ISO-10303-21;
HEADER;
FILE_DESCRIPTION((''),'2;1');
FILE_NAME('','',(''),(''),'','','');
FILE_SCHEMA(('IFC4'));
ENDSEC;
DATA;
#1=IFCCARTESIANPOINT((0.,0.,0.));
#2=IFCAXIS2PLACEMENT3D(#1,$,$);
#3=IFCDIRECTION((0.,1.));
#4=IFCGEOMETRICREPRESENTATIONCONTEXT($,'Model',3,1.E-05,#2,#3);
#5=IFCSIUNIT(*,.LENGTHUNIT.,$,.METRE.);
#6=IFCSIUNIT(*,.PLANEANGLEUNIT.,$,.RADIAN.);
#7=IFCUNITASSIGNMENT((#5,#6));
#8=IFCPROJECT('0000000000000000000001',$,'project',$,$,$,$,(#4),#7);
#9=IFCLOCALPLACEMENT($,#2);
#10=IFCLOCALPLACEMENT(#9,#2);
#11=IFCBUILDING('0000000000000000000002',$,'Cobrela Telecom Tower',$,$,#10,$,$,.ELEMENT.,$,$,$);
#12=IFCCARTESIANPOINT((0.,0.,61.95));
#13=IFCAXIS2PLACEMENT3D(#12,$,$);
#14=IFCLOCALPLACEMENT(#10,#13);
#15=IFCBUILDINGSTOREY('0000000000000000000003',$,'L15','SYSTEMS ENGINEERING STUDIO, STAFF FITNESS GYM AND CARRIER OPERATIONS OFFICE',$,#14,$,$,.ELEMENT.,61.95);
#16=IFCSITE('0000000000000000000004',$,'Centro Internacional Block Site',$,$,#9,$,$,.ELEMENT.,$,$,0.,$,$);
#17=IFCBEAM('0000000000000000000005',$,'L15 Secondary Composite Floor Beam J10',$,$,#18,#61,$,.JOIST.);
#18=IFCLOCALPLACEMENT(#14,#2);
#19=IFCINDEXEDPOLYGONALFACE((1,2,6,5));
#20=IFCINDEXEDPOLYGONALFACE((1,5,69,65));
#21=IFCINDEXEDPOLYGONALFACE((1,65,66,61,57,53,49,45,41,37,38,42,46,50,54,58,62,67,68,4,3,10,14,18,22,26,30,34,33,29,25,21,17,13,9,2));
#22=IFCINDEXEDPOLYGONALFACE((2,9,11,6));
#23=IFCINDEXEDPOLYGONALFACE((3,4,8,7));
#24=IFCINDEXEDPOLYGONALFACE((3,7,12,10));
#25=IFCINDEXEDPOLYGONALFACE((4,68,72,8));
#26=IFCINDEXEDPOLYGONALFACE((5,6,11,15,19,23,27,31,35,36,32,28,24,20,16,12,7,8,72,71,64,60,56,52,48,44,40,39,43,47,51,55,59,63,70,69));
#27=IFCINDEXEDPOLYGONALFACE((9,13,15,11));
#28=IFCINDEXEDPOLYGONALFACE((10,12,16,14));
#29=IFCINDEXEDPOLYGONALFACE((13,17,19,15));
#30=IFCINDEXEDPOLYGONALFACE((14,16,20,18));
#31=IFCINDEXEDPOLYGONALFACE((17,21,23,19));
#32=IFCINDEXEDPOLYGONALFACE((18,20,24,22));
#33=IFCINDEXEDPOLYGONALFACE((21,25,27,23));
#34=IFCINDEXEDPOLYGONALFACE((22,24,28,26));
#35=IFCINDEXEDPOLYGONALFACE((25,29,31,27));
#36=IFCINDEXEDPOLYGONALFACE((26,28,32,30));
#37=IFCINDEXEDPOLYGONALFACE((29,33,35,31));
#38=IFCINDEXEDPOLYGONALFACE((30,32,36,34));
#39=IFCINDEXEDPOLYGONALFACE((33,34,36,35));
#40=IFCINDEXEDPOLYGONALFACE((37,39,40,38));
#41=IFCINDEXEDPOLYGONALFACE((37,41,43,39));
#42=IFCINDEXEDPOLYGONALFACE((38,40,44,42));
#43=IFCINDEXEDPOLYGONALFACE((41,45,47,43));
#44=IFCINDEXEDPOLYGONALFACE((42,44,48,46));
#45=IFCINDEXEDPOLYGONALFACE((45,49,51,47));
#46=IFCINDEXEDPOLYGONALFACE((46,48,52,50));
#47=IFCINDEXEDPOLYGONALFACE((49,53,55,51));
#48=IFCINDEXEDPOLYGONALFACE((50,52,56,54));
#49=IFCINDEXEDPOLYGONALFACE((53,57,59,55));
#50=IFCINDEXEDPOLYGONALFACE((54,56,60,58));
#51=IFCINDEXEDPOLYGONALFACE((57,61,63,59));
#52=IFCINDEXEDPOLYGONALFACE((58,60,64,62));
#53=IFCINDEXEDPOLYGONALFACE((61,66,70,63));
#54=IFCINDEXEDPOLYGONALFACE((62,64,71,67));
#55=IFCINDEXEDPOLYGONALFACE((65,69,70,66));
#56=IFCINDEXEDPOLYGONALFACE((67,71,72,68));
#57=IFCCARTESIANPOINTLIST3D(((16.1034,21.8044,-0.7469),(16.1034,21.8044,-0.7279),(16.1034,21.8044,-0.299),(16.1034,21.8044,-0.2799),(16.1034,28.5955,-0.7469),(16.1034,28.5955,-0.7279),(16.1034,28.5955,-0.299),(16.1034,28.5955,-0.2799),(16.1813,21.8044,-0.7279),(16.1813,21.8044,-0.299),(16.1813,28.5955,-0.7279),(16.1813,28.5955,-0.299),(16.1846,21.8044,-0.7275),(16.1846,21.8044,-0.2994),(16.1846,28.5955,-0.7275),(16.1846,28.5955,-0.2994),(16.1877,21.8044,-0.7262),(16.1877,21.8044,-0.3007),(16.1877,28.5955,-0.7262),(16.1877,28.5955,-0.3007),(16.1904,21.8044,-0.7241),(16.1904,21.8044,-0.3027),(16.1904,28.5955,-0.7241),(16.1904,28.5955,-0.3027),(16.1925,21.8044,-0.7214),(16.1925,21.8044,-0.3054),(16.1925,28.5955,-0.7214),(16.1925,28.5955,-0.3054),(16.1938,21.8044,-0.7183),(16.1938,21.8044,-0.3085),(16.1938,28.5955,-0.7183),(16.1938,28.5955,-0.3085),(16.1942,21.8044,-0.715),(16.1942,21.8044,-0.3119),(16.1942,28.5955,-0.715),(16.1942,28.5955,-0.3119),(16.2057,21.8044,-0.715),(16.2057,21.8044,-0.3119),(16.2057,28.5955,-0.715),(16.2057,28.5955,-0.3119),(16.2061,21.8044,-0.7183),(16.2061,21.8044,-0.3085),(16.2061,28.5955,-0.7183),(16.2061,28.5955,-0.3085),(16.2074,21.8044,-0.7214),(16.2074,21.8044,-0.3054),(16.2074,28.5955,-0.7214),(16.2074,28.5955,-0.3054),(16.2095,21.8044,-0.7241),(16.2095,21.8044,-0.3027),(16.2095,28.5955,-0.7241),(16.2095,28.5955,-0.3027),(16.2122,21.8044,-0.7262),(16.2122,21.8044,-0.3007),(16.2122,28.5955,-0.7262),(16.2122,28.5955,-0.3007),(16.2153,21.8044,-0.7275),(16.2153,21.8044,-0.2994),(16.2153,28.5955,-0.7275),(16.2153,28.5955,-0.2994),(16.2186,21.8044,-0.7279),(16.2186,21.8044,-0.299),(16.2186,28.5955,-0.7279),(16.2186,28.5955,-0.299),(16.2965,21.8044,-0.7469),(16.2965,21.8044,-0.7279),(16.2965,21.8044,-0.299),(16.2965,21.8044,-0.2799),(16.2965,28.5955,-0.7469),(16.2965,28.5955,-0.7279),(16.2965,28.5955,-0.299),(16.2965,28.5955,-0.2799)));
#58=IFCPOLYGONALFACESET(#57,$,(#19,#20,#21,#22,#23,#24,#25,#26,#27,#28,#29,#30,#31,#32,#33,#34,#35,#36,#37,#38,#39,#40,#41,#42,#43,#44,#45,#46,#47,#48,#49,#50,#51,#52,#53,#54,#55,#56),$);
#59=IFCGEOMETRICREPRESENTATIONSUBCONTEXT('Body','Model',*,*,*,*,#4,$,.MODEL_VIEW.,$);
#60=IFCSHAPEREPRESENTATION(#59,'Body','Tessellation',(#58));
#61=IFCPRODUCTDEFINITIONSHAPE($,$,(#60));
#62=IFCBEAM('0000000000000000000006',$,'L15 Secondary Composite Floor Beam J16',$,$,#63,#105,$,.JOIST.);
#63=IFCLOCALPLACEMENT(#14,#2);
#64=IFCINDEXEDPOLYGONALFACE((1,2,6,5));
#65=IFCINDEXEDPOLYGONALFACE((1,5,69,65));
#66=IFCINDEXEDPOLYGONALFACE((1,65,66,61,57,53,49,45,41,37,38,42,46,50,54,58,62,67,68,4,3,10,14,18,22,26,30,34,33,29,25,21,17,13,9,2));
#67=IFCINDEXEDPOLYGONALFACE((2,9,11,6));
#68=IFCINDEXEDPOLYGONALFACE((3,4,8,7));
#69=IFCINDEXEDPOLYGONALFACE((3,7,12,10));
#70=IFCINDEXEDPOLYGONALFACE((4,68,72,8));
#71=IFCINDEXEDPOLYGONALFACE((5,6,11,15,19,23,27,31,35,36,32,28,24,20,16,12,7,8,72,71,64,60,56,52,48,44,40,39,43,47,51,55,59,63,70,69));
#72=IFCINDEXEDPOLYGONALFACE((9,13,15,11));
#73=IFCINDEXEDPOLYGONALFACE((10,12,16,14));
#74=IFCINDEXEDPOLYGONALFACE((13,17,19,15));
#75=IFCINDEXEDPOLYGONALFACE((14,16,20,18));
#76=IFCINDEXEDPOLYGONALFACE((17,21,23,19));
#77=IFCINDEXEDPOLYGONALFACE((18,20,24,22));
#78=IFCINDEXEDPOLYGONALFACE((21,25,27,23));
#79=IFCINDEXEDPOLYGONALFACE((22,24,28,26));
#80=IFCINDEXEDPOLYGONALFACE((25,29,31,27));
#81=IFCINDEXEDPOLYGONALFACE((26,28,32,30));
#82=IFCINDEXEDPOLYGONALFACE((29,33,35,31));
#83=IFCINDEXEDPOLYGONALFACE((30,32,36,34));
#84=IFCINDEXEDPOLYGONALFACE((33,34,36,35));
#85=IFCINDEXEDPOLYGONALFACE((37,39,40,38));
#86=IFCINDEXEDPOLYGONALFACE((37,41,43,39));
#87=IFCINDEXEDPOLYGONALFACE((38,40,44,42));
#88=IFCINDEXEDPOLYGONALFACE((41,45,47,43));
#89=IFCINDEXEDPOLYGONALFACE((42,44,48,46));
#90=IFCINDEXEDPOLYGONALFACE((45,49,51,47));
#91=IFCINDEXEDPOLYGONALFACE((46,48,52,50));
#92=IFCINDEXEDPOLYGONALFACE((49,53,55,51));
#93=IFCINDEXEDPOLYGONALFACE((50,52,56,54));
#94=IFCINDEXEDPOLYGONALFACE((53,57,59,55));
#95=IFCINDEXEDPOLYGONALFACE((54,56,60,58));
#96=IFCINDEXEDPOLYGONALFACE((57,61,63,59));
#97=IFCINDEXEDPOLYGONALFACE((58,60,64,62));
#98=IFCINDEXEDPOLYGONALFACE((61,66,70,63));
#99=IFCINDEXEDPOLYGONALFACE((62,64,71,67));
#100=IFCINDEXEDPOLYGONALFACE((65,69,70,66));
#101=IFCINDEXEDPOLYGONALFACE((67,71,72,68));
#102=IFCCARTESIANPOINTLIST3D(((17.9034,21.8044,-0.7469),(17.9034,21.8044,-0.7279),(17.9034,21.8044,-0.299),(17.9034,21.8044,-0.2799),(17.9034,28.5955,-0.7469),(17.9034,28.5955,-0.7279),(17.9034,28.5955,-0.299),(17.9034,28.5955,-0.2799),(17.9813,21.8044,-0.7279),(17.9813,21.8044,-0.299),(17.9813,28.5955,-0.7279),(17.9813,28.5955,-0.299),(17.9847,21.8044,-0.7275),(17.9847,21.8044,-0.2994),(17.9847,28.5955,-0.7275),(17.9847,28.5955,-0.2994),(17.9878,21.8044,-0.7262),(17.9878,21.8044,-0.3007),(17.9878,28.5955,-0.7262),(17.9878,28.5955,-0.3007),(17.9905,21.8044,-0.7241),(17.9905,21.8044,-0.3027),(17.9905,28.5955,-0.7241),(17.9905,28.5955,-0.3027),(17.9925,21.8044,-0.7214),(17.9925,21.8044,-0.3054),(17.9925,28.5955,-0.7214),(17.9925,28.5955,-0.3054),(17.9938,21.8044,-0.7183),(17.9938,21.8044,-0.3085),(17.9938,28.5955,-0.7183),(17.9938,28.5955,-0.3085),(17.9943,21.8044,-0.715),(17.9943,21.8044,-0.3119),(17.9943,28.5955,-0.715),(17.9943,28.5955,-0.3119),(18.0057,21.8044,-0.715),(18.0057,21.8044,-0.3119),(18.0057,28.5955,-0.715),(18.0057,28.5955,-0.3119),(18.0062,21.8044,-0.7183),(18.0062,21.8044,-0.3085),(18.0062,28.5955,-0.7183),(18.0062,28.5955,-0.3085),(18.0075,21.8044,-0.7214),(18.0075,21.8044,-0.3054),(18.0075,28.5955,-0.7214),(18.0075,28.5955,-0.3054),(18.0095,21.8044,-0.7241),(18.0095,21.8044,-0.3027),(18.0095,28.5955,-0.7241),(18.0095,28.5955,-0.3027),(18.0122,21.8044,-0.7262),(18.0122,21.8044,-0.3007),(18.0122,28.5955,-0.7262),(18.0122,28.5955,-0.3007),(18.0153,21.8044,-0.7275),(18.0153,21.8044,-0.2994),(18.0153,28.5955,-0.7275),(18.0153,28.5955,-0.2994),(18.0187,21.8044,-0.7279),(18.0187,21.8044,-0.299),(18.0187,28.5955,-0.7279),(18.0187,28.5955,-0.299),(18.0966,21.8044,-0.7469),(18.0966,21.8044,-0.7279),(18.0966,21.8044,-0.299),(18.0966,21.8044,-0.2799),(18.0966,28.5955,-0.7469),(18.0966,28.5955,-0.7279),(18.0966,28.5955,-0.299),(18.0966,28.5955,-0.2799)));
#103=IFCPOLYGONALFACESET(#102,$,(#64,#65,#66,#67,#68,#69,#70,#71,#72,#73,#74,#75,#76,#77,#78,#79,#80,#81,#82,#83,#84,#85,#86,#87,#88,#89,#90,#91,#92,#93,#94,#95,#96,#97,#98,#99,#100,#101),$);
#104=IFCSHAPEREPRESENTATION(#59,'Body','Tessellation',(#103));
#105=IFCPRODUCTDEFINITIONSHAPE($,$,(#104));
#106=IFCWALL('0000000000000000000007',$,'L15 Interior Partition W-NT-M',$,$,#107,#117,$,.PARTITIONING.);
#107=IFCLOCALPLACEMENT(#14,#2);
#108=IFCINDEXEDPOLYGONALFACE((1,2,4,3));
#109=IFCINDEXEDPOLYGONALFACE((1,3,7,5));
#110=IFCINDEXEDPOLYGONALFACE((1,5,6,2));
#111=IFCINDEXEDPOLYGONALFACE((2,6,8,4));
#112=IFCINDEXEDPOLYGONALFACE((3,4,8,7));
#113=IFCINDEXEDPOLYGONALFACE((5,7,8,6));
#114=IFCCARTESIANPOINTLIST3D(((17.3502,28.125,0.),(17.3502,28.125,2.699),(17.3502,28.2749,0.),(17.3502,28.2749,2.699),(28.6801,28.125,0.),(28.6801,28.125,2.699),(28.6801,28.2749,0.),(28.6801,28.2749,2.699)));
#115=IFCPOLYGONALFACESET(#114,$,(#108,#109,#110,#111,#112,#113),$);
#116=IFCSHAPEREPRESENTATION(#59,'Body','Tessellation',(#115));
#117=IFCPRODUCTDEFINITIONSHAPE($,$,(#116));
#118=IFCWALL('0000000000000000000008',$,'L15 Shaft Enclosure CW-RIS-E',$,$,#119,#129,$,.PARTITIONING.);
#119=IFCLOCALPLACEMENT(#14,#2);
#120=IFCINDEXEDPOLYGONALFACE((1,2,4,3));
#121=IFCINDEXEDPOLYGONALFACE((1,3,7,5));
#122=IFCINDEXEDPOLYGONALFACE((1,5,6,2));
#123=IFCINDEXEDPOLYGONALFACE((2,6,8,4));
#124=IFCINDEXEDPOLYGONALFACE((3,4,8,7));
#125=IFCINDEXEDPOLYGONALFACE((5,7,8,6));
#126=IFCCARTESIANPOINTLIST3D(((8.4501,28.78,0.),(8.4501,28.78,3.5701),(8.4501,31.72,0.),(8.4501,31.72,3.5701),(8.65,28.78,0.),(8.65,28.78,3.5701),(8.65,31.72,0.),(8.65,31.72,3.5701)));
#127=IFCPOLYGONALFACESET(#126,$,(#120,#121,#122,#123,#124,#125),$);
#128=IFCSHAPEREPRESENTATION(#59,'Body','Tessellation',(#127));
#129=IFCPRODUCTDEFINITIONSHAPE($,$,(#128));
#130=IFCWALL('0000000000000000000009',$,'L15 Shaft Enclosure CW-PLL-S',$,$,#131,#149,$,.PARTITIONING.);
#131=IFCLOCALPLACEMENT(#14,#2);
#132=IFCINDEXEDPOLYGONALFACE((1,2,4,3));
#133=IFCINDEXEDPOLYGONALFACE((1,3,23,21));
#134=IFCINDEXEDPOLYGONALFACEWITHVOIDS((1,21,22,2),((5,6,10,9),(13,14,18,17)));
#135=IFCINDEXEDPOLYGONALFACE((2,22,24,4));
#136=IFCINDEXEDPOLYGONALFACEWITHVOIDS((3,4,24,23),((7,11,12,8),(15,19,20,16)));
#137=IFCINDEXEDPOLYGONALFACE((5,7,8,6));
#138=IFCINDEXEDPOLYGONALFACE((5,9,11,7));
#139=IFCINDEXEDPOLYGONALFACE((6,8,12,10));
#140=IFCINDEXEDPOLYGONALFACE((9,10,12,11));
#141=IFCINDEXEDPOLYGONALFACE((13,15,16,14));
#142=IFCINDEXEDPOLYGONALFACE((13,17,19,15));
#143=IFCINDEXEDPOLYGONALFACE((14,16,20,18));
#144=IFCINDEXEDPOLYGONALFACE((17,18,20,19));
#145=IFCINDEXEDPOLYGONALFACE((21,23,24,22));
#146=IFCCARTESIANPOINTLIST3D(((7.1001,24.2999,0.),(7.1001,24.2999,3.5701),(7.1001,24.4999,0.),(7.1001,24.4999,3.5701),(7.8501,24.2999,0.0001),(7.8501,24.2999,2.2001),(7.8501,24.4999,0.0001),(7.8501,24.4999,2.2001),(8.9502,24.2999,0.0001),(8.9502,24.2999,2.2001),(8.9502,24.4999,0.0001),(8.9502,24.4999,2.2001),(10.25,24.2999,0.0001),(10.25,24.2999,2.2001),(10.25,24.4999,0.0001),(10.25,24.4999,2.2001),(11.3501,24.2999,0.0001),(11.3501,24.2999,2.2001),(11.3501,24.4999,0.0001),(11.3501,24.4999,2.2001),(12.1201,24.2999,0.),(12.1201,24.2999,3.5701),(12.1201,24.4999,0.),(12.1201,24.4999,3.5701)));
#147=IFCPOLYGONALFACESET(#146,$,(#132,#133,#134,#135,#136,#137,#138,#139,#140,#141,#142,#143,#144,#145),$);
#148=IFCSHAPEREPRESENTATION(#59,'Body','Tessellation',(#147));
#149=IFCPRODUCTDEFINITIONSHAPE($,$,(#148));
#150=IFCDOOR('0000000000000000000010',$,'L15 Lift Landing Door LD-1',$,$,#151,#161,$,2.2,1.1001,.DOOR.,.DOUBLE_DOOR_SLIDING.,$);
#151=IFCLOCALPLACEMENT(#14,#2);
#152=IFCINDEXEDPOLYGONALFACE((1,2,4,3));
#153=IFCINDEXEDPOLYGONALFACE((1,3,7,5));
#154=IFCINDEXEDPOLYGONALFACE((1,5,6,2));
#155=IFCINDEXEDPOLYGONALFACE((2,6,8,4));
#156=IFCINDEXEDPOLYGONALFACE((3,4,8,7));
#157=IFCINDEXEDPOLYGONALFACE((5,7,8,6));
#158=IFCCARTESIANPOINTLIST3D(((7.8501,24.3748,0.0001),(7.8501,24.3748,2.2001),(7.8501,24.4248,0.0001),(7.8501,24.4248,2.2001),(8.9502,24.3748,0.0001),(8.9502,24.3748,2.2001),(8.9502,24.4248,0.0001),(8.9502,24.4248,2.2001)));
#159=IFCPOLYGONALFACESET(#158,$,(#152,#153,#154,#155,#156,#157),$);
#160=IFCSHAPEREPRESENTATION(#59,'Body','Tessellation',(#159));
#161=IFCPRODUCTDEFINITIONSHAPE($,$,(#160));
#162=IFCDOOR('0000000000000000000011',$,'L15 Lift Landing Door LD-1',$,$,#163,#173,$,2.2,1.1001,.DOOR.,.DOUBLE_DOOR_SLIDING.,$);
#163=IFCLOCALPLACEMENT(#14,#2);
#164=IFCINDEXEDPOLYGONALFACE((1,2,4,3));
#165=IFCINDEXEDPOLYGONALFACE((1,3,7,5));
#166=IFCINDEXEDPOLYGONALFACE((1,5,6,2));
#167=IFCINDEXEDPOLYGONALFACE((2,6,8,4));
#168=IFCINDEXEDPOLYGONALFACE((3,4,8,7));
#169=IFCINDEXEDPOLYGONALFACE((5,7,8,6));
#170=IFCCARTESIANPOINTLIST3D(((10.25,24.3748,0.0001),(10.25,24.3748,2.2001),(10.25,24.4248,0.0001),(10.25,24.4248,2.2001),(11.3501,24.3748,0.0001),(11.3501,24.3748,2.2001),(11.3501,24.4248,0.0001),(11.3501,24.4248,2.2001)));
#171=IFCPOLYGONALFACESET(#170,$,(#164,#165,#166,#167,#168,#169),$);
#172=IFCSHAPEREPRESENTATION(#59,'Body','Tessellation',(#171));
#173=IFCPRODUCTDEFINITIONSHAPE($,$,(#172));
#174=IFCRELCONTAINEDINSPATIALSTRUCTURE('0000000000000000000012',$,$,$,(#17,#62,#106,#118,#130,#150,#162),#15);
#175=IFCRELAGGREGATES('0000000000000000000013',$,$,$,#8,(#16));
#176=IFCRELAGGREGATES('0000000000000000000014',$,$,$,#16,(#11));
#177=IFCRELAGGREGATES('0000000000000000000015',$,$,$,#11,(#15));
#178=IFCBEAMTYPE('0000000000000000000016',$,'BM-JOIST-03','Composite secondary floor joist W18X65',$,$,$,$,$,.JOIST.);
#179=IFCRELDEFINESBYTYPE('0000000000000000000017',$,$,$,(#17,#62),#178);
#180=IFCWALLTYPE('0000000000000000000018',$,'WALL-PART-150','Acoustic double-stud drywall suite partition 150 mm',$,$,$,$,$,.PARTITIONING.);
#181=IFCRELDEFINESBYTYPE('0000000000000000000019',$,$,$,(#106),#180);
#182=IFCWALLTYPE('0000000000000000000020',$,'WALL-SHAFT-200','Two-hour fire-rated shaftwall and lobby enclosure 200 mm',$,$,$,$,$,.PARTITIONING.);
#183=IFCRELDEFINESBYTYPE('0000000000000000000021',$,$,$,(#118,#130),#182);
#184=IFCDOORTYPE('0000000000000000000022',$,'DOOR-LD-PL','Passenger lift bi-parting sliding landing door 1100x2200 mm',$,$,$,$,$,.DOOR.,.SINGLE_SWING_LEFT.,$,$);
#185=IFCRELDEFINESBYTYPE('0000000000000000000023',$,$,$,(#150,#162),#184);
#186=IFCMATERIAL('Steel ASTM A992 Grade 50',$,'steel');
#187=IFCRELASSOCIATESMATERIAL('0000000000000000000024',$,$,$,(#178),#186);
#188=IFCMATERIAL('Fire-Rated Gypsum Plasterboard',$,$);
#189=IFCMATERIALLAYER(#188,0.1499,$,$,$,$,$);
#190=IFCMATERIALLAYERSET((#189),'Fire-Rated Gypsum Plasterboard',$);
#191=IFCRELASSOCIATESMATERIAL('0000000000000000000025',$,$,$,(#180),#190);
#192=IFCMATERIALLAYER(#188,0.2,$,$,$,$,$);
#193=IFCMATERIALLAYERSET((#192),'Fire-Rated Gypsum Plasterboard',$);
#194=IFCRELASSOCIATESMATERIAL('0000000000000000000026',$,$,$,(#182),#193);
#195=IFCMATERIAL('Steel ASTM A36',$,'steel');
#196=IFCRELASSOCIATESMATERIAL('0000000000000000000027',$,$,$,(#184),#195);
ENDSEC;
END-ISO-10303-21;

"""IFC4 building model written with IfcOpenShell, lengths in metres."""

from ifc_helpers import new_model, si_unit, direction, frame, frame_2d, origin, origin_2d, place, context, subcontext, project, spatial, rectangle, i_section, extrude, material, layer, layer_set, material_profile, profile_set, type_object, element, fill, save


model = new_model("IFC4")

# Units and contexts
model_context = context("Model", 3, precision=1e-05, world=origin(), true_north=direction((0.0, 1.0)))
body_context = subcontext(model_context, "Body", "Model", "MODEL_VIEW")
ifc_project = project(units=[si_unit("LENGTHUNIT", "METRE"), si_unit("PLANEANGLEUNIT", "RADIAN")], contexts=[model_context])

# Site, building, storey
site_placement = place(None, origin())
site = spatial("IfcSite", under=ifc_project, at=site_placement, Name="Centro Internacional Block Site", CompositionType="ELEMENT", RefElevation=0.0)
building_placement = place(site_placement, origin())
building = spatial("IfcBuilding", under=site, at=building_placement, Name="Cobrela Telecom Tower", CompositionType="ELEMENT")
storey_placement = place(building_placement, frame((0.0, 0.0, 61.95)))
storey = spatial("IfcBuildingStorey", under=building, at=storey_placement, Name="L15", Description="SYSTEMS ENGINEERING STUDIO, STAFF FITNESS GYM AND CARRIER OPERATIONS OFFICE", CompositionType="ELEMENT", Elevation=61.95)

# Beams
ifc_material_1 = material(Name="Steel ASTM A992 Grade 50", Category="steel")
ifc_material_profile = material_profile(ifc_material_1, i_section(OverallWidth=0.1931, OverallDepth=0.467, WebThickness=0.0115, FlangeThickness=0.019, FilletRadius=0.0129, at=origin_2d()), Name="W18X65")
ifc_profile_set = profile_set([ifc_material_profile], Name="Steel ASTM A992 Grade 50")
beam_type = type_object("IfcBeamType", Name="BM-JOIST-03", Description="Composite secondary floor joist W18X65", PredefinedType="JOIST", material=ifc_profile_set)
for number, where, z_axis, x_axis, name in (
    (1, (16.2, 21.8044, -0.5134), (0.0, 1.0, 0.0), (-1.0, 0.0, 0.0), "L15 Secondary Composite Floor Beam J10"),
    (2, (18.0, 21.8044, -0.5134), (0.0, 1.0, 0.0), (-1.0, 0.0, 0.0), "L15 Secondary Composite Floor Beam J16"),
):
    element("IfcBeam", number, at=place(storey_placement, frame(where, z_axis=z_axis, x_axis=x_axis)), inside=storey, type_object=beam_type, Name=name, PredefinedType="JOIST", context=body_context, shape_type="SweptSolid", body=[
        extrude(i_section(OverallWidth=0.1931, OverallDepth=0.467, WebThickness=0.0115, FlangeThickness=0.019, FilletRadius=0.0129, at=origin_2d()), origin(), (0.0, 0.0, 1.0), 6.791),
    ])

# Walls
ifc_material_2 = material(Name="Fire-Rated Gypsum Plasterboard")
ifc_layer_1 = layer(ifc_material_2, 0.1499)
ifc_layer_set_1 = layer_set([ifc_layer_1], Name="Fire-Rated Gypsum Plasterboard")
wall_type_1 = type_object("IfcWallType", Name="WALL-PART-150", Description="Acoustic double-stud drywall suite partition 150 mm", PredefinedType="PARTITIONING", material=ifc_layer_set_1)
wall_1_placement = place(storey_placement, frame((17.3501, 28.2, 0.0), z_axis=(0.0, 0.0, 1.0), x_axis=(1.0, 0.0, 0.0)))
element("IfcWall", 3, at=wall_1_placement, inside=storey, type_object=wall_type_1, Name="L15 Interior Partition W-NT-M", PredefinedType="PARTITIONING", context=body_context, shape_type="SweptSolid", body=[
    extrude(rectangle(XDim=11.3298, YDim=0.1499, at=frame_2d((5.665, 0.0))), origin(), (0.0, 0.0, 1.0), 2.699),
])
ifc_layer_2 = layer(ifc_material_2, 0.2)
ifc_layer_set_2 = layer_set([ifc_layer_2], Name="Fire-Rated Gypsum Plasterboard")
wall_type_2 = type_object("IfcWallType", Name="WALL-SHAFT-200", Description="Two-hour fire-rated shaftwall and lobby enclosure 200 mm", PredefinedType="PARTITIONING", material=ifc_layer_set_2)
wall_2_placement = place(storey_placement, frame((8.55, 28.78, 0.0), z_axis=(0.0, 0.0, 1.0), x_axis=(0.0, 1.0, 0.0)))
element("IfcWall", 4, at=wall_2_placement, inside=storey, type_object=wall_type_2, Name="L15 Shaft Enclosure CW-RIS-E", PredefinedType="PARTITIONING", context=body_context, shape_type="SweptSolid", body=[
    extrude(rectangle(XDim=2.9399, YDim=0.2, at=frame_2d((1.47, 0.0))), origin(), (0.0, 0.0, 1.0), 3.5701),
])

# Wall, openings, doors
wall_3_placement = place(storey_placement, frame((7.1001, 24.3999, 0.0), z_axis=(0.0, 0.0, 1.0), x_axis=(1.0, 0.0, 0.0)))
wall_3 = element("IfcWall", 5, at=wall_3_placement, inside=storey, type_object=wall_type_2, Name="L15 Shaft Enclosure CW-PLL-S", PredefinedType="PARTITIONING", context=body_context, shape_type="SweptSolid", body=[
    extrude(rectangle(XDim=5.02, YDim=0.2, at=frame_2d((2.51, 0.0))), origin(), (0.0, 0.0, 1.0), 3.5701),
])
opening_1_placement = place(wall_3_placement, frame((0.75, 0.0, 0.0)))
opening_1 = element("IfcOpeningElement", 6, at=opening_1_placement, cuts=wall_3, PredefinedType="OPENING", context=body_context, shape_type="SweptSolid", body=[
    extrude(rectangle(XDim=1.1001, YDim=2.2, at=frame_2d((0.55, 1.1001))), frame((0.0, 0.1118, 0.0), z_axis=(0.0, -1.0, 0.0), x_axis=(1.0, 0.0, 0.0)), (0.0, 0.0, 1.0), 0.2239),
])
opening_2_placement = place(wall_3_placement, frame((3.1499, 0.0, 0.0)))
opening_2 = element("IfcOpeningElement", 7, at=opening_2_placement, cuts=wall_3, PredefinedType="OPENING", context=body_context, shape_type="SweptSolid", body=[
    extrude(rectangle(XDim=1.1001, YDim=2.2, at=frame_2d((0.55, 1.1001))), frame((0.0, 0.1118, 0.0), z_axis=(0.0, -1.0, 0.0), x_axis=(1.0, 0.0, 0.0)), (0.0, 0.0, 1.0), 0.2239),
])
ifc_material_3 = material(Name="Steel ASTM A36", Category="steel")
door_type_1 = type_object("IfcDoorType", Name="DOOR-LD-PL", Description="Passenger lift bi-parting sliding landing door 1100x2200 mm", OperationType="SINGLE_SWING_LEFT", PredefinedType="DOOR", material=ifc_material_3)
door_1_placement = place(opening_1_placement, origin())
door_1 = element("IfcDoor", 8, at=door_1_placement, inside=storey, type_object=door_type_1, Name="L15 Lift Landing Door LD-1", OperationType="DOUBLE_DOOR_SLIDING", OverallHeight=2.2, OverallWidth=1.1001, PredefinedType="DOOR", context=body_context, shape_type="SweptSolid", body=[
    extrude(rectangle(XDim=1.1001, YDim=2.2, at=frame_2d((0.55, 1.1001))), frame((0.0, 0.0249, 0.0), z_axis=(0.0, -1.0, 0.0), x_axis=(1.0, 0.0, 0.0)), (0.0, 0.0, 1.0), 0.05),
])
fill(opening_1, door_1)
door_2_placement = place(opening_2_placement, origin())
door_2 = element("IfcDoor", 9, at=door_2_placement, inside=storey, type_object=door_type_1, Name="L15 Lift Landing Door LD-1", OperationType="DOUBLE_DOOR_SLIDING", OverallHeight=2.2, OverallWidth=1.1001, PredefinedType="DOOR", context=body_context, shape_type="SweptSolid", body=[
    extrude(rectangle(XDim=1.1001, YDim=2.2, at=frame_2d((0.55, 1.1001))), frame((0.0, 0.0249, 0.0), z_axis=(0.0, -1.0, 0.0), x_axis=(1.0, 0.0, 0.0)), (0.0, 0.0, 1.0), 0.05),
])
fill(opening_2, door_2)

save(model, "model.ifc")
